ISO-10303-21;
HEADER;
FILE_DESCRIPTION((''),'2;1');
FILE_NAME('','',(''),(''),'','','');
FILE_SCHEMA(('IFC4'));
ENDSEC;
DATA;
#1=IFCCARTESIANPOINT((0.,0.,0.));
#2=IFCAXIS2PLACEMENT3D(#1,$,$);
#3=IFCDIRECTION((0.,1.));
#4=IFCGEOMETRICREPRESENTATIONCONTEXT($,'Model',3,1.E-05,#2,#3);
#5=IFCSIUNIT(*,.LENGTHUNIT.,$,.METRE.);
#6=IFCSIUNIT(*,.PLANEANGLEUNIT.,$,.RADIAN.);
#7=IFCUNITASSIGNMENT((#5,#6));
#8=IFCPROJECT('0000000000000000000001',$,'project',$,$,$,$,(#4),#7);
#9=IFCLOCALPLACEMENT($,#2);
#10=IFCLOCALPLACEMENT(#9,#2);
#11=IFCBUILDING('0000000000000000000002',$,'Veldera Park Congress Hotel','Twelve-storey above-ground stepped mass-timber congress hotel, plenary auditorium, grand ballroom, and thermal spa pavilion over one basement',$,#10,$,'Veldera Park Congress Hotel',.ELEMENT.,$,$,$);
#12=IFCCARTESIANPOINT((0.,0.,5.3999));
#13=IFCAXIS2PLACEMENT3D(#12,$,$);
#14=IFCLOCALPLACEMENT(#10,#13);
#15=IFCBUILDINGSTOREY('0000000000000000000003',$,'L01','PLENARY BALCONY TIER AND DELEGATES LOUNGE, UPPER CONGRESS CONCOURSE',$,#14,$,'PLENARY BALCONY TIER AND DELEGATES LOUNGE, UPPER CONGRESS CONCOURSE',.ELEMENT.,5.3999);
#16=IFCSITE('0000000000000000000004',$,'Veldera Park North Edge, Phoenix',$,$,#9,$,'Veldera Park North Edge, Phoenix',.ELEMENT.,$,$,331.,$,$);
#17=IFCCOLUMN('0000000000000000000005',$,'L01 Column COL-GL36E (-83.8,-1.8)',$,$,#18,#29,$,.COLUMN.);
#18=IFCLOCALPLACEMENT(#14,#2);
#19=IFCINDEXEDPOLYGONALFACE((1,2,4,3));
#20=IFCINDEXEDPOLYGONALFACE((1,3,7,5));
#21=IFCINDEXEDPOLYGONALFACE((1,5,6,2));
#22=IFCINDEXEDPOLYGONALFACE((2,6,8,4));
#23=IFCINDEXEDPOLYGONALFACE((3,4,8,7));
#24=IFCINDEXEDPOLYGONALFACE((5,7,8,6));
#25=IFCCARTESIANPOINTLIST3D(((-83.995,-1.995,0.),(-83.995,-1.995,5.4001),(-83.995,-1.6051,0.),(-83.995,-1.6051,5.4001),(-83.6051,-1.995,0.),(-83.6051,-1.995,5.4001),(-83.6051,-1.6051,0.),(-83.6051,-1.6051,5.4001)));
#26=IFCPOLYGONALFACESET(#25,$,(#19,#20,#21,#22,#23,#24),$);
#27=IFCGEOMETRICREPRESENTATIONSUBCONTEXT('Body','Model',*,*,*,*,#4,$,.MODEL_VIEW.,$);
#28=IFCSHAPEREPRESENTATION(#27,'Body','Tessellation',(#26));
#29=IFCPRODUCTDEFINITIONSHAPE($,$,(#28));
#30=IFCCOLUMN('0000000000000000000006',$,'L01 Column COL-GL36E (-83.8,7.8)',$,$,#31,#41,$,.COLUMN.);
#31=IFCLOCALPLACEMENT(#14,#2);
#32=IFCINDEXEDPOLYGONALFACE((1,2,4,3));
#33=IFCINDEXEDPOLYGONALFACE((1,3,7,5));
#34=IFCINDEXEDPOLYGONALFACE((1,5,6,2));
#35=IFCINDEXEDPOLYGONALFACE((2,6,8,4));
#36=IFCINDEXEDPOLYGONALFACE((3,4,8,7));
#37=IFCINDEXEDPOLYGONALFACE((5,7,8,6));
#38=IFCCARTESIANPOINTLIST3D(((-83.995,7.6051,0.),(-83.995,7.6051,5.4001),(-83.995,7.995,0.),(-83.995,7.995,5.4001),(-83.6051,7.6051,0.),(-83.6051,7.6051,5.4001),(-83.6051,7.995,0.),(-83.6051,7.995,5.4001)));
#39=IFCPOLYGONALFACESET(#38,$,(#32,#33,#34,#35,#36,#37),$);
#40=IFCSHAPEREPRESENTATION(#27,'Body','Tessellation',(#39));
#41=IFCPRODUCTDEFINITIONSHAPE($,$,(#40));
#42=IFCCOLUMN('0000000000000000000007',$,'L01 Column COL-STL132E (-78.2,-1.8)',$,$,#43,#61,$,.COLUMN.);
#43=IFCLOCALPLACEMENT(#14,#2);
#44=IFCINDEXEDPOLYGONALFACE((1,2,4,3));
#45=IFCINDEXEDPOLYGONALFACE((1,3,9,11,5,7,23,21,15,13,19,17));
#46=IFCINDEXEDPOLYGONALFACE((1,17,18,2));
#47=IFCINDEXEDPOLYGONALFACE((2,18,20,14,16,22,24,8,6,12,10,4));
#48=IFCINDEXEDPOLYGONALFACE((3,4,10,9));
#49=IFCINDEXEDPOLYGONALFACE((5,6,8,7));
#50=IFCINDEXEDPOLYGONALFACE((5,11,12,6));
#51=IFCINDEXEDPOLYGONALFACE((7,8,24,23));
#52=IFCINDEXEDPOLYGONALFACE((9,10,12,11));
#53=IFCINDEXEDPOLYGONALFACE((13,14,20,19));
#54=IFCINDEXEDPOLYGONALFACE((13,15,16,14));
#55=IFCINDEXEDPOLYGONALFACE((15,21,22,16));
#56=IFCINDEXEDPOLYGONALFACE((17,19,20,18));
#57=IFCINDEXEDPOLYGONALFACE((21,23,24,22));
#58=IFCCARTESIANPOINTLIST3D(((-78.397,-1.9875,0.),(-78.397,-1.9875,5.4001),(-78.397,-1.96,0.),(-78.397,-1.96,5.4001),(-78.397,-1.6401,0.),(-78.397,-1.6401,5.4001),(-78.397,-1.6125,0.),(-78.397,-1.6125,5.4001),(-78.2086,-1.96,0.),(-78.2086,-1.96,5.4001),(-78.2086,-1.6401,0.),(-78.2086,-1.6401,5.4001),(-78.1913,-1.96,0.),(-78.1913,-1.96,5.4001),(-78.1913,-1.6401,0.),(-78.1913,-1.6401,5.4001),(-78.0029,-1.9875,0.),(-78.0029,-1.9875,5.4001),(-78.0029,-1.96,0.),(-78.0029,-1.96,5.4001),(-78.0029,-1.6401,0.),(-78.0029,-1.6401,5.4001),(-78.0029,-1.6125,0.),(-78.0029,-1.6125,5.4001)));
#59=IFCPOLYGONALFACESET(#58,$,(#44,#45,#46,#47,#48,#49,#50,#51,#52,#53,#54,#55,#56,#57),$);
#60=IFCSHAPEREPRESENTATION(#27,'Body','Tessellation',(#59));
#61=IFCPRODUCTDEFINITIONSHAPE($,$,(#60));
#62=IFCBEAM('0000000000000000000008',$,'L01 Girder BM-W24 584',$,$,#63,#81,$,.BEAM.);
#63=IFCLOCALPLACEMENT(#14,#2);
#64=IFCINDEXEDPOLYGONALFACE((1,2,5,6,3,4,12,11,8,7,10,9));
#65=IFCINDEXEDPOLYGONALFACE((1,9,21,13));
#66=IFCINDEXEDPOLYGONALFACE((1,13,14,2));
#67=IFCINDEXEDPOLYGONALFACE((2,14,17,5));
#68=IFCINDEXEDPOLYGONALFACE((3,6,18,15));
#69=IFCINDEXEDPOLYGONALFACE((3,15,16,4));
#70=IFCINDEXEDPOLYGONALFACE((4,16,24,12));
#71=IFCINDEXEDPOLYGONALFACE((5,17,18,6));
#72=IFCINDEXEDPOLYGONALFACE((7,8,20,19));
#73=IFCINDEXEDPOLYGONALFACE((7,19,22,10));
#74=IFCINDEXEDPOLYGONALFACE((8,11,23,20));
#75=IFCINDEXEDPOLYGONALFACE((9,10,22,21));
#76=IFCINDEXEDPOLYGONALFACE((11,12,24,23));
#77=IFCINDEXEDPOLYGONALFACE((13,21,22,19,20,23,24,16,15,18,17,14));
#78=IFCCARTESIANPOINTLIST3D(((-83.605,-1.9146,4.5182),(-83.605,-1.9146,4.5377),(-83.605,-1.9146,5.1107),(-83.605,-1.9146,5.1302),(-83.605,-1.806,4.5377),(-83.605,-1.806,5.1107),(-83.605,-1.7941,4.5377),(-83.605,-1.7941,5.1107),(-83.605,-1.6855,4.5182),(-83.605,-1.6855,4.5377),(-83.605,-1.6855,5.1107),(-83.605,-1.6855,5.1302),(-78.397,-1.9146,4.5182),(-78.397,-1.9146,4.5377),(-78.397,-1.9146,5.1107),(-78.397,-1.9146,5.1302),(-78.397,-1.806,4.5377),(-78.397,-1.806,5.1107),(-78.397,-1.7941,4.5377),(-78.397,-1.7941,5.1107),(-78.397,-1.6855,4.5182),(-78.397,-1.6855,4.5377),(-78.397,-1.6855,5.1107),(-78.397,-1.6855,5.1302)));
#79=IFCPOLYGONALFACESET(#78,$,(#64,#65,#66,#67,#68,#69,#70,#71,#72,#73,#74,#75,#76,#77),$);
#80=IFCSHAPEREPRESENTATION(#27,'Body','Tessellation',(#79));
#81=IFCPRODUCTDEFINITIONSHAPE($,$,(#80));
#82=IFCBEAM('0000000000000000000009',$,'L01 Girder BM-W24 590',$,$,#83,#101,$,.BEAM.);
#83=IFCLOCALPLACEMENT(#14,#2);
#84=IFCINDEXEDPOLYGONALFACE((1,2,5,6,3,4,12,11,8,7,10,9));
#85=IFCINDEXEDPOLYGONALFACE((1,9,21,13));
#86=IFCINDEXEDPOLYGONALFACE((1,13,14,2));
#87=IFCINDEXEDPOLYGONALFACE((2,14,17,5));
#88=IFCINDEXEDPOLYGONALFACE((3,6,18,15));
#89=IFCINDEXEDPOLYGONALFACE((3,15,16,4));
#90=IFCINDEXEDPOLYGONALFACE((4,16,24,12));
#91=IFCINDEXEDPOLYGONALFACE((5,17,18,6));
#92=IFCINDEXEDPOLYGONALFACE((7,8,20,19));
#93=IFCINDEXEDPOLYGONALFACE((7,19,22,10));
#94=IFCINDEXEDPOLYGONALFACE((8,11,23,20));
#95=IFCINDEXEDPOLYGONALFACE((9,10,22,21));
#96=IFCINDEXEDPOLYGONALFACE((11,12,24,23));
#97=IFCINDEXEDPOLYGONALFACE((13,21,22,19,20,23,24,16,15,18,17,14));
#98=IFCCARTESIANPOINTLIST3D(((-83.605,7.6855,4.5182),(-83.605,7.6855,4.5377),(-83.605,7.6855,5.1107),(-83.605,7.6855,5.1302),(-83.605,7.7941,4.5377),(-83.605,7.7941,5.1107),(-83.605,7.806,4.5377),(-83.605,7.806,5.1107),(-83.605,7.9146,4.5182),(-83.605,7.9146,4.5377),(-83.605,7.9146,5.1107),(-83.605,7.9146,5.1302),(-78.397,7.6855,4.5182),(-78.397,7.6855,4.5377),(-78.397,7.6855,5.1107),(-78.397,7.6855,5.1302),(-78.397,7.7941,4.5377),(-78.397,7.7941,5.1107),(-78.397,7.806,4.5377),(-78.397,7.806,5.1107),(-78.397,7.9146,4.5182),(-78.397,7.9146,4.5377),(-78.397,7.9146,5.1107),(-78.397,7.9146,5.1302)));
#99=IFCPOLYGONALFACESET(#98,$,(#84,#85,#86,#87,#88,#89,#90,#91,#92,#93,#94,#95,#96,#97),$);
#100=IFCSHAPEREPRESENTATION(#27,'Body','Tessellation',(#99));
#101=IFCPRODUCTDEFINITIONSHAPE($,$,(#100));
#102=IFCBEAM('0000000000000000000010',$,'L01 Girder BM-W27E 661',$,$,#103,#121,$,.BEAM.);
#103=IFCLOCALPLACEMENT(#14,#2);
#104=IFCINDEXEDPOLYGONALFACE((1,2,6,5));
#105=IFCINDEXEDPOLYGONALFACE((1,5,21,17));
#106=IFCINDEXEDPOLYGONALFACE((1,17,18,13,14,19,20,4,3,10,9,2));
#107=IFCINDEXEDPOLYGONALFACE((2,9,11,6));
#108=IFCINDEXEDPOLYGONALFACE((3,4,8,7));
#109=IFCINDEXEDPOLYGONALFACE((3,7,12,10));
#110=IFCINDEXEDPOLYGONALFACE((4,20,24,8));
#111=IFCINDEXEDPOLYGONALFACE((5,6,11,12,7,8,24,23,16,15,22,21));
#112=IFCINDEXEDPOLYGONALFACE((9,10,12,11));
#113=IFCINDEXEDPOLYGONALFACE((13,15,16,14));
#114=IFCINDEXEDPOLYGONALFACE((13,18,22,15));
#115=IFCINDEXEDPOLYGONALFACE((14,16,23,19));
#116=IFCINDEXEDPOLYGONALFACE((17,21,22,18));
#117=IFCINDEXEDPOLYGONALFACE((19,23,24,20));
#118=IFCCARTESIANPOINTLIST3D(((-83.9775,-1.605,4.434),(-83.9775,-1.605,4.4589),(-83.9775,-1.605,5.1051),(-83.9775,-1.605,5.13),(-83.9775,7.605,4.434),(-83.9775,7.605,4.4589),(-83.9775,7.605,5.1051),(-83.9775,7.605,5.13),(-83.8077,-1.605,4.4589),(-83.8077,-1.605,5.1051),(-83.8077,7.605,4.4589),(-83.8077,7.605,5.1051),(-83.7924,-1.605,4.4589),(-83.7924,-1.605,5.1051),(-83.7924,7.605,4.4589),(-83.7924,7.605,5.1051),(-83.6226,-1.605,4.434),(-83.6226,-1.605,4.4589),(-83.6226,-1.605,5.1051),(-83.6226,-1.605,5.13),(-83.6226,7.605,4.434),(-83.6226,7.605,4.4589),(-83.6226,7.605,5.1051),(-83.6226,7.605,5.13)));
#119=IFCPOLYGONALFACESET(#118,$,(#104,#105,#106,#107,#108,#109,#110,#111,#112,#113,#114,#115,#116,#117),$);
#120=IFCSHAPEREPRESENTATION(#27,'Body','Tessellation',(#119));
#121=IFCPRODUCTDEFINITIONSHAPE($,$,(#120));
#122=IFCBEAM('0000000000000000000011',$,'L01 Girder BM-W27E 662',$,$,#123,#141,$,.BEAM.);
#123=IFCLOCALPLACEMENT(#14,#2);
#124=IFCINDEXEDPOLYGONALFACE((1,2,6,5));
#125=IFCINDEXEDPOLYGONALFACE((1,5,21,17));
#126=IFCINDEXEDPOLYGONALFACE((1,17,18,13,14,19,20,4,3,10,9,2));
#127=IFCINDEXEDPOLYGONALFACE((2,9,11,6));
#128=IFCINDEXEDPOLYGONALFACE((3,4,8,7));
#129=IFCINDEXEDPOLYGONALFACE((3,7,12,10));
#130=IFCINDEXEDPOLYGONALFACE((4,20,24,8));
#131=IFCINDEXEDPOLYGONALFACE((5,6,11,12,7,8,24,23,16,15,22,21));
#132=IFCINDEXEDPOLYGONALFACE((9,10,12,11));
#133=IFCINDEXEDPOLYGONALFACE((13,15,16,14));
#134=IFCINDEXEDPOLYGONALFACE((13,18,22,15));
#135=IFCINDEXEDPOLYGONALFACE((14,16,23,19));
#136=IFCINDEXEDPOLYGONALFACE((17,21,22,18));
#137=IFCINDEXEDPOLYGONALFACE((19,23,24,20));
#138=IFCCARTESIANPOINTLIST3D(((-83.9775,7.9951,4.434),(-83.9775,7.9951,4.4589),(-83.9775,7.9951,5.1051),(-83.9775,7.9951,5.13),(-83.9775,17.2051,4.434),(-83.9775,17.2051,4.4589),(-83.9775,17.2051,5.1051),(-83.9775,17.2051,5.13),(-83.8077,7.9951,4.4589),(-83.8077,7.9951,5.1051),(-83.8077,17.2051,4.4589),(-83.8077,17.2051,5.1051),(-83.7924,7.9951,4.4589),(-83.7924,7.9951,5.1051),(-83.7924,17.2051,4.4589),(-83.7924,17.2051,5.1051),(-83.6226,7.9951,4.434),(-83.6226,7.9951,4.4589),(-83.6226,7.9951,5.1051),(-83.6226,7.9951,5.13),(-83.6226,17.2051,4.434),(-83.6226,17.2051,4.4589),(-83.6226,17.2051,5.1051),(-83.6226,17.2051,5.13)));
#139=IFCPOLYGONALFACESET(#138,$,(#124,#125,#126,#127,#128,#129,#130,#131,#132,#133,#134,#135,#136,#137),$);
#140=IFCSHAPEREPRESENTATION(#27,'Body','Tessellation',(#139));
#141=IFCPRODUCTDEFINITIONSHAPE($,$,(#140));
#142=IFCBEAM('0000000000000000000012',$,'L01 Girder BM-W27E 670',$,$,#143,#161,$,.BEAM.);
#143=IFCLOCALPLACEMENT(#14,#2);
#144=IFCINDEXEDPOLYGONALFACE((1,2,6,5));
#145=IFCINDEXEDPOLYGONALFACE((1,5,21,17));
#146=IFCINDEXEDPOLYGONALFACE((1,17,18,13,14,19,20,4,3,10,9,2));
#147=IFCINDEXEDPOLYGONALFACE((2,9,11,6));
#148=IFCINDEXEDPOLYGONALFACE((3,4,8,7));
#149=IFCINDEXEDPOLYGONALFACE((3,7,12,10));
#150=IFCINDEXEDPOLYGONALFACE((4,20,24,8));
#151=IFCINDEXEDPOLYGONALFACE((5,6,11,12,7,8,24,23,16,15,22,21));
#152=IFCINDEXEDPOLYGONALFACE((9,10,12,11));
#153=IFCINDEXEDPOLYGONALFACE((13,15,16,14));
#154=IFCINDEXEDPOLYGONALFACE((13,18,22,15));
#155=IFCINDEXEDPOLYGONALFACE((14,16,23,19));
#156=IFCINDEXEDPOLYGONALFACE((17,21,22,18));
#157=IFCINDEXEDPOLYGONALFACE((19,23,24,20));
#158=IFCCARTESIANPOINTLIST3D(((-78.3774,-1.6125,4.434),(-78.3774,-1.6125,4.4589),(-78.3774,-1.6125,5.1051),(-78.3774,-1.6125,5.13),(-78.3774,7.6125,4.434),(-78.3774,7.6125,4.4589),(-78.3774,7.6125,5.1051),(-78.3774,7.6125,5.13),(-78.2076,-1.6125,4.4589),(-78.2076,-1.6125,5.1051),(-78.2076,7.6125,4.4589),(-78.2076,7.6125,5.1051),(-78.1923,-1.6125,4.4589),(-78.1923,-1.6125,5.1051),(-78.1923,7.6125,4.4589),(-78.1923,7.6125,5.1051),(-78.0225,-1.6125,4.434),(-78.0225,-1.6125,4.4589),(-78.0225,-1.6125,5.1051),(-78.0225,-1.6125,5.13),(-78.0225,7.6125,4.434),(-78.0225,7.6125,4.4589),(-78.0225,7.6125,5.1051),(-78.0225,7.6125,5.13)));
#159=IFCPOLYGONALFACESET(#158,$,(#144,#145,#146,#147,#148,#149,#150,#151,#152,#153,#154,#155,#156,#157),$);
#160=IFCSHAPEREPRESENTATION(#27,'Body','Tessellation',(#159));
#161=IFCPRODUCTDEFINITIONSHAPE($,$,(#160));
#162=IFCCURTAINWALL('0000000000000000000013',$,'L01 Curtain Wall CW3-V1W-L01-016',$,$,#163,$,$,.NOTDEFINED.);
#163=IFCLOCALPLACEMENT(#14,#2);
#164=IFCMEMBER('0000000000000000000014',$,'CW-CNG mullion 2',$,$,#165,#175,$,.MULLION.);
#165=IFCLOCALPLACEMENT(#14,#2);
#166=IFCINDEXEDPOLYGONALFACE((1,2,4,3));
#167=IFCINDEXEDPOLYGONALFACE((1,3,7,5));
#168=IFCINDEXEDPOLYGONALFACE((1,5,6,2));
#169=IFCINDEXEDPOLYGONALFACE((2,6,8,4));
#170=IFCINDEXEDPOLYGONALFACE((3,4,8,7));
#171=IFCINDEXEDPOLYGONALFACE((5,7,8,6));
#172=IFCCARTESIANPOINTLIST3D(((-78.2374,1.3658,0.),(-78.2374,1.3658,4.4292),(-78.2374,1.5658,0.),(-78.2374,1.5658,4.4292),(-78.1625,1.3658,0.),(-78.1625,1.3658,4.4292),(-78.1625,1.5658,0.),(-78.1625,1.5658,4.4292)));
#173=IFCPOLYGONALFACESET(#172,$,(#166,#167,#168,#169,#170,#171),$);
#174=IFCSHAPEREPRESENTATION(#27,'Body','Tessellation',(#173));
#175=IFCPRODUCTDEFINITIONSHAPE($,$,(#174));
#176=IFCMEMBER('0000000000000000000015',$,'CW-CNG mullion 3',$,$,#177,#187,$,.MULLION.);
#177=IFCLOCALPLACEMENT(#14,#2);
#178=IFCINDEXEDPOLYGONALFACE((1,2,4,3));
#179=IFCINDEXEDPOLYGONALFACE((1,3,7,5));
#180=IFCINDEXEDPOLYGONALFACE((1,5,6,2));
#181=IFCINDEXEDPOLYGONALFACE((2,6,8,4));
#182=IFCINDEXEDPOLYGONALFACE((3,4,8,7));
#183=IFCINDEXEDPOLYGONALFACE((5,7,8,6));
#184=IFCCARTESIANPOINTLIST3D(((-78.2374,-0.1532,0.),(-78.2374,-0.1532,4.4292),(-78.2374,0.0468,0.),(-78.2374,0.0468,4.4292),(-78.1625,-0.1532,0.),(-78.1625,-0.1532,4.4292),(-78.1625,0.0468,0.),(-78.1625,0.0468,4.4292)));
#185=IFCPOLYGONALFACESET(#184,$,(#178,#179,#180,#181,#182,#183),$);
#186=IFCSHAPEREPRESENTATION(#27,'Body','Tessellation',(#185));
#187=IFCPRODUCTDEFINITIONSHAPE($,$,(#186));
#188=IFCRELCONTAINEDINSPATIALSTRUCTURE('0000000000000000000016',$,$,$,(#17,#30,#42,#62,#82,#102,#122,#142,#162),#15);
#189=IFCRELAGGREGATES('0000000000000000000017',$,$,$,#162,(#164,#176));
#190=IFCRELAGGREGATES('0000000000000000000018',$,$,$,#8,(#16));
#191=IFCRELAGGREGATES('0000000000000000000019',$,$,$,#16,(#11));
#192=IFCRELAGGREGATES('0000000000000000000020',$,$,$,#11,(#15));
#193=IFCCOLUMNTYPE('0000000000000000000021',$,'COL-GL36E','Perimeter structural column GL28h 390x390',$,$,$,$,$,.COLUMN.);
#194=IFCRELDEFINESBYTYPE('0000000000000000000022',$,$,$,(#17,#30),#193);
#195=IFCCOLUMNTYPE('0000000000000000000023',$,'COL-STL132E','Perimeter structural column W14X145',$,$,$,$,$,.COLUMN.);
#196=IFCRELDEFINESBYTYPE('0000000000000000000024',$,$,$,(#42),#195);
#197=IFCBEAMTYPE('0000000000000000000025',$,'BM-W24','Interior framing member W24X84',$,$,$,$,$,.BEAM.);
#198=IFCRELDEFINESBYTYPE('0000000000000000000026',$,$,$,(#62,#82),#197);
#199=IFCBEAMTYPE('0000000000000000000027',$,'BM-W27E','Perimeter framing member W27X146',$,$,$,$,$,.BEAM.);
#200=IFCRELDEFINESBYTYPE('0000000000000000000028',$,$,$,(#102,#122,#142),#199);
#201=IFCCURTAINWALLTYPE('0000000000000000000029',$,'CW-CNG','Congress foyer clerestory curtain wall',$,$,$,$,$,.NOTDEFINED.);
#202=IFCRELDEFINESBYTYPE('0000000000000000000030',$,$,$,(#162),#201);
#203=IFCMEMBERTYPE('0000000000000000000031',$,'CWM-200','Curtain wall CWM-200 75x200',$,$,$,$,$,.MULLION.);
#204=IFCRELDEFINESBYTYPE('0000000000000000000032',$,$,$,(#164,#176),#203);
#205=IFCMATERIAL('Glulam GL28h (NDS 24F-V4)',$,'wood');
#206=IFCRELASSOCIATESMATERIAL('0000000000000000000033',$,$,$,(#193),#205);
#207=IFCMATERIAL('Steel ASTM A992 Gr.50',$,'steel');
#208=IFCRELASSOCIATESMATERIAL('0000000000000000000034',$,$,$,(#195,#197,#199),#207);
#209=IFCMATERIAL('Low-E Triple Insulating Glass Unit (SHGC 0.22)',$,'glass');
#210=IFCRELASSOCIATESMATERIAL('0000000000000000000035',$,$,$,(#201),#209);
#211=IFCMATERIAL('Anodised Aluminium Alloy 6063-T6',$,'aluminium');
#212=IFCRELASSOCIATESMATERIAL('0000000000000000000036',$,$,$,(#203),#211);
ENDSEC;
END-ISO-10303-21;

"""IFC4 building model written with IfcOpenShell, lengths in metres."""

from ifc_helpers import new_model, si_unit, direction, frame, origin, origin_2d, place, context, subcontext, project, spatial, rectangle, i_section, extrude, material, material_profile, profile_set, type_object, element, aggregate, save


model = new_model("IFC4")

# Units and contexts
model_context = context("Model", 3, precision=1e-05, world=origin(), true_north=direction((0.0, 1.0)))
body_context = subcontext(model_context, "Body", "Model", "MODEL_VIEW")
ifc_project = project(units=[si_unit("LENGTHUNIT", "METRE"), si_unit("PLANEANGLEUNIT", "RADIAN")], contexts=[model_context])

# Site, building, storey
site_placement = place(None, origin())
site = spatial("IfcSite", under=ifc_project, at=site_placement, Name="Veldera Park North Edge, Phoenix", LongName="Veldera Park North Edge, Phoenix", CompositionType="ELEMENT", RefElevation=331.0)
building_placement = place(site_placement, origin())
building = spatial("IfcBuilding", under=site, at=building_placement, Name="Veldera Park Congress Hotel", Description="Twelve-storey above-ground stepped mass-timber congress hotel, plenary auditorium, grand ballroom, and thermal spa pavilion over one basement", LongName="Veldera Park Congress Hotel", CompositionType="ELEMENT")
storey_placement = place(building_placement, frame((0.0, 0.0, 5.3999)))
storey = spatial("IfcBuildingStorey", under=building, at=storey_placement, Name="L01", Description="PLENARY BALCONY TIER AND DELEGATES LOUNGE, UPPER CONGRESS CONCOURSE", LongName="PLENARY BALCONY TIER AND DELEGATES LOUNGE, UPPER CONGRESS CONCOURSE", CompositionType="ELEMENT", Elevation=5.3999)

# Columns
ifc_material_1 = material(Name="Glulam GL28h (NDS 24F-V4)", Category="wood")
ifc_material_profile_1 = material_profile(ifc_material_1, rectangle(XDim=0.3899, YDim=0.3899, at=origin_2d()), Name="GL28h 390x390")
ifc_profile_set_1 = profile_set([ifc_material_profile_1], Name="Glulam GL28h (NDS 24F-V4)")
column_type_1 = type_object("IfcColumnType", Name="COL-GL36E", Description="Perimeter structural column GL28h 390x390", PredefinedType="COLUMN", material=ifc_profile_set_1)
for number, where, z_axis, x_axis, name in (
    (1, (-83.8, -1.8, 0.0), (0.0, 0.0, 1.0), (1.0, 0.0, 0.0), "L01 Column COL-GL36E (-83.8,-1.8)"),
    (2, (-83.8, 7.8, 0.0), (0.0, 0.0, 1.0), (1.0, 0.0, 0.0), "L01 Column COL-GL36E (-83.8,7.8)"),
):
    element("IfcColumn", number, at=place(storey_placement, frame(where, z_axis=z_axis, x_axis=x_axis)), inside=storey, type_object=column_type_1, Name=name, PredefinedType="COLUMN", context=body_context, shape_type="SweptSolid", body=[
        extrude(rectangle(XDim=0.3899, YDim=0.3899, at=origin_2d()), origin(), (0.0, 0.0, 1.0), 5.4001),
    ])
ifc_material_2 = material(Name="Steel ASTM A992 Gr.50", Category="steel")
ifc_material_profile_2 = material_profile(ifc_material_2, i_section(OverallWidth=0.394, OverallDepth=0.375, WebThickness=0.0173, FlangeThickness=0.0276, at=origin_2d()), Name="W14X145")
ifc_profile_set_2 = profile_set([ifc_material_profile_2], Name="Steel ASTM A992 Gr.50")
column_type_2 = type_object("IfcColumnType", Name="COL-STL132E", Description="Perimeter structural column W14X145", PredefinedType="COLUMN", material=ifc_profile_set_2)
column_placement = place(storey_placement, frame((-78.2, -1.8, 0.0), z_axis=(0.0, 0.0, 1.0), x_axis=(1.0, 0.0, 0.0)))
element("IfcColumn", 3, at=column_placement, inside=storey, type_object=column_type_2, Name="L01 Column COL-STL132E (-78.2,-1.8)", PredefinedType="COLUMN", context=body_context, shape_type="SweptSolid", body=[
    extrude(i_section(OverallWidth=0.394, OverallDepth=0.375, WebThickness=0.0173, FlangeThickness=0.0276, at=origin_2d()), origin(), (0.0, 0.0, 1.0), 5.4001),
])

# Beams
ifc_material_profile_3 = material_profile(ifc_material_2, i_section(OverallWidth=0.229, OverallDepth=0.6121, WebThickness=0.012, FlangeThickness=0.0195, at=origin_2d()), Name="W24X84")
ifc_profile_set_3 = profile_set([ifc_material_profile_3], Name="Steel ASTM A992 Gr.50")
beam_type_1 = type_object("IfcBeamType", Name="BM-W24", Description="Interior framing member W24X84", PredefinedType="BEAM", material=ifc_profile_set_3)
for number, where, z_axis, x_axis, name in (
    (4, (-83.605, -1.8, 4.8242), (1.0, 0.0, 0.0), (0.0, 1.0, 0.0), "L01 Girder BM-W24 584"),
    (5, (-83.605, 7.8, 4.8242), (1.0, 0.0, 0.0), (0.0, 1.0, 0.0), "L01 Girder BM-W24 590"),
):
    element("IfcBeam", number, at=place(storey_placement, frame(where, z_axis=z_axis, x_axis=x_axis)), inside=storey, type_object=beam_type_1, Name=name, PredefinedType="BEAM", context=body_context, shape_type="SweptSolid", body=[
        extrude(i_section(OverallWidth=0.229, OverallDepth=0.6121, WebThickness=0.012, FlangeThickness=0.0195, at=origin_2d()), origin(), (0.0, 0.0, 1.0), 5.208),
    ])
ifc_material_profile_4 = material_profile(ifc_material_2, i_section(OverallWidth=0.355, OverallDepth=0.696, WebThickness=0.0154, FlangeThickness=0.0249, at=origin_2d()), Name="W27X146")
ifc_profile_set_4 = profile_set([ifc_material_profile_4], Name="Steel ASTM A992 Gr.50")
beam_type_2 = type_object("IfcBeamType", Name="BM-W27E", Description="Perimeter framing member W27X146", PredefinedType="BEAM", material=ifc_profile_set_4)
for number, where, z_axis, x_axis, name in (
    (6, (-83.8, -1.605, 4.782), (0.0, 1.0, 0.0), (-1.0, 0.0, 0.0), "L01 Girder BM-W27E 661"),
    (7, (-83.8, 7.9951, 4.782), (0.0, 1.0, 0.0), (-1.0, 0.0, 0.0), "L01 Girder BM-W27E 662"),
):
    element("IfcBeam", number, at=place(storey_placement, frame(where, z_axis=z_axis, x_axis=x_axis)), inside=storey, type_object=beam_type_2, Name=name, PredefinedType="BEAM", context=body_context, shape_type="SweptSolid", body=[
        extrude(i_section(OverallWidth=0.355, OverallDepth=0.696, WebThickness=0.0154, FlangeThickness=0.0249, at=origin_2d()), origin(), (0.0, 0.0, 1.0), 9.21),
    ])
beam_placement = place(storey_placement, frame((-78.2, -1.6125, 4.782), z_axis=(0.0, 1.0, 0.0), x_axis=(-1.0, 0.0, 0.0)))
element("IfcBeam", 8, at=beam_placement, inside=storey, type_object=beam_type_2, Name="L01 Girder BM-W27E 670", PredefinedType="BEAM", context=body_context, shape_type="SweptSolid", body=[
    extrude(i_section(OverallWidth=0.355, OverallDepth=0.696, WebThickness=0.0154, FlangeThickness=0.0249, at=origin_2d()), origin(), (0.0, 0.0, 1.0), 9.2251),
])

# Curtain wall, members
ifc_material_3 = material(Name="Low-E Triple Insulating Glass Unit (SHGC 0.22)", Category="glass")
curtain_wall_type = type_object("IfcCurtainWallType", Name="CW-CNG", Description="Congress foyer clerestory curtain wall", PredefinedType="NOTDEFINED", material=ifc_material_3)
curtain_wall_1_placement = place(storey_placement, origin())
curtain_wall_1 = element("IfcCurtainWall", 9, at=curtain_wall_1_placement, inside=storey, type_object=curtain_wall_type, Name="L01 Curtain Wall CW3-V1W-L01-016", PredefinedType="NOTDEFINED")
ifc_material_4 = material(Name="Anodised Aluminium Alloy 6063-T6", Category="aluminium")
ifc_material_profile_5 = material_profile(ifc_material_4, rectangle(XDim=0.075, YDim=0.2, at=origin_2d()), Name="ALU 75x200")
ifc_profile_set_5 = profile_set([ifc_material_profile_5], Name="Anodised Aluminium Alloy 6063-T6")
member_type_1 = type_object("IfcMemberType", Name="CWM-200", Description="Curtain wall CWM-200 75x200", PredefinedType="MULLION", material=ifc_profile_set_5)
member_1_placement = place(storey_placement, frame((-78.2, 1.4658, 0.0), z_axis=(0.0, 0.0, 1.0), x_axis=(1.0, 0.0, 0.0)))
member_1 = element("IfcMember", 10, at=member_1_placement, type_object=member_type_1, Name="CW-CNG mullion 2", PredefinedType="MULLION", context=body_context, shape_type="SweptSolid", body=[
    extrude(rectangle(XDim=0.075, YDim=0.2, at=origin_2d()), origin(), (0.0, 0.0, 1.0), 4.4292),
])
member_2_placement = place(storey_placement, frame((-78.2, -0.0532, 0.0), z_axis=(0.0, 0.0, 1.0), x_axis=(1.0, 0.0, 0.0)))
member_2 = element("IfcMember", 11, at=member_2_placement, type_object=member_type_1, Name="CW-CNG mullion 3", PredefinedType="MULLION", context=body_context, shape_type="SweptSolid", body=[
    extrude(rectangle(XDim=0.075, YDim=0.2, at=origin_2d()), origin(), (0.0, 0.0, 1.0), 4.4292),
])

aggregate(curtain_wall_1, [member_1, member_2])

save(model, "model.ifc")
